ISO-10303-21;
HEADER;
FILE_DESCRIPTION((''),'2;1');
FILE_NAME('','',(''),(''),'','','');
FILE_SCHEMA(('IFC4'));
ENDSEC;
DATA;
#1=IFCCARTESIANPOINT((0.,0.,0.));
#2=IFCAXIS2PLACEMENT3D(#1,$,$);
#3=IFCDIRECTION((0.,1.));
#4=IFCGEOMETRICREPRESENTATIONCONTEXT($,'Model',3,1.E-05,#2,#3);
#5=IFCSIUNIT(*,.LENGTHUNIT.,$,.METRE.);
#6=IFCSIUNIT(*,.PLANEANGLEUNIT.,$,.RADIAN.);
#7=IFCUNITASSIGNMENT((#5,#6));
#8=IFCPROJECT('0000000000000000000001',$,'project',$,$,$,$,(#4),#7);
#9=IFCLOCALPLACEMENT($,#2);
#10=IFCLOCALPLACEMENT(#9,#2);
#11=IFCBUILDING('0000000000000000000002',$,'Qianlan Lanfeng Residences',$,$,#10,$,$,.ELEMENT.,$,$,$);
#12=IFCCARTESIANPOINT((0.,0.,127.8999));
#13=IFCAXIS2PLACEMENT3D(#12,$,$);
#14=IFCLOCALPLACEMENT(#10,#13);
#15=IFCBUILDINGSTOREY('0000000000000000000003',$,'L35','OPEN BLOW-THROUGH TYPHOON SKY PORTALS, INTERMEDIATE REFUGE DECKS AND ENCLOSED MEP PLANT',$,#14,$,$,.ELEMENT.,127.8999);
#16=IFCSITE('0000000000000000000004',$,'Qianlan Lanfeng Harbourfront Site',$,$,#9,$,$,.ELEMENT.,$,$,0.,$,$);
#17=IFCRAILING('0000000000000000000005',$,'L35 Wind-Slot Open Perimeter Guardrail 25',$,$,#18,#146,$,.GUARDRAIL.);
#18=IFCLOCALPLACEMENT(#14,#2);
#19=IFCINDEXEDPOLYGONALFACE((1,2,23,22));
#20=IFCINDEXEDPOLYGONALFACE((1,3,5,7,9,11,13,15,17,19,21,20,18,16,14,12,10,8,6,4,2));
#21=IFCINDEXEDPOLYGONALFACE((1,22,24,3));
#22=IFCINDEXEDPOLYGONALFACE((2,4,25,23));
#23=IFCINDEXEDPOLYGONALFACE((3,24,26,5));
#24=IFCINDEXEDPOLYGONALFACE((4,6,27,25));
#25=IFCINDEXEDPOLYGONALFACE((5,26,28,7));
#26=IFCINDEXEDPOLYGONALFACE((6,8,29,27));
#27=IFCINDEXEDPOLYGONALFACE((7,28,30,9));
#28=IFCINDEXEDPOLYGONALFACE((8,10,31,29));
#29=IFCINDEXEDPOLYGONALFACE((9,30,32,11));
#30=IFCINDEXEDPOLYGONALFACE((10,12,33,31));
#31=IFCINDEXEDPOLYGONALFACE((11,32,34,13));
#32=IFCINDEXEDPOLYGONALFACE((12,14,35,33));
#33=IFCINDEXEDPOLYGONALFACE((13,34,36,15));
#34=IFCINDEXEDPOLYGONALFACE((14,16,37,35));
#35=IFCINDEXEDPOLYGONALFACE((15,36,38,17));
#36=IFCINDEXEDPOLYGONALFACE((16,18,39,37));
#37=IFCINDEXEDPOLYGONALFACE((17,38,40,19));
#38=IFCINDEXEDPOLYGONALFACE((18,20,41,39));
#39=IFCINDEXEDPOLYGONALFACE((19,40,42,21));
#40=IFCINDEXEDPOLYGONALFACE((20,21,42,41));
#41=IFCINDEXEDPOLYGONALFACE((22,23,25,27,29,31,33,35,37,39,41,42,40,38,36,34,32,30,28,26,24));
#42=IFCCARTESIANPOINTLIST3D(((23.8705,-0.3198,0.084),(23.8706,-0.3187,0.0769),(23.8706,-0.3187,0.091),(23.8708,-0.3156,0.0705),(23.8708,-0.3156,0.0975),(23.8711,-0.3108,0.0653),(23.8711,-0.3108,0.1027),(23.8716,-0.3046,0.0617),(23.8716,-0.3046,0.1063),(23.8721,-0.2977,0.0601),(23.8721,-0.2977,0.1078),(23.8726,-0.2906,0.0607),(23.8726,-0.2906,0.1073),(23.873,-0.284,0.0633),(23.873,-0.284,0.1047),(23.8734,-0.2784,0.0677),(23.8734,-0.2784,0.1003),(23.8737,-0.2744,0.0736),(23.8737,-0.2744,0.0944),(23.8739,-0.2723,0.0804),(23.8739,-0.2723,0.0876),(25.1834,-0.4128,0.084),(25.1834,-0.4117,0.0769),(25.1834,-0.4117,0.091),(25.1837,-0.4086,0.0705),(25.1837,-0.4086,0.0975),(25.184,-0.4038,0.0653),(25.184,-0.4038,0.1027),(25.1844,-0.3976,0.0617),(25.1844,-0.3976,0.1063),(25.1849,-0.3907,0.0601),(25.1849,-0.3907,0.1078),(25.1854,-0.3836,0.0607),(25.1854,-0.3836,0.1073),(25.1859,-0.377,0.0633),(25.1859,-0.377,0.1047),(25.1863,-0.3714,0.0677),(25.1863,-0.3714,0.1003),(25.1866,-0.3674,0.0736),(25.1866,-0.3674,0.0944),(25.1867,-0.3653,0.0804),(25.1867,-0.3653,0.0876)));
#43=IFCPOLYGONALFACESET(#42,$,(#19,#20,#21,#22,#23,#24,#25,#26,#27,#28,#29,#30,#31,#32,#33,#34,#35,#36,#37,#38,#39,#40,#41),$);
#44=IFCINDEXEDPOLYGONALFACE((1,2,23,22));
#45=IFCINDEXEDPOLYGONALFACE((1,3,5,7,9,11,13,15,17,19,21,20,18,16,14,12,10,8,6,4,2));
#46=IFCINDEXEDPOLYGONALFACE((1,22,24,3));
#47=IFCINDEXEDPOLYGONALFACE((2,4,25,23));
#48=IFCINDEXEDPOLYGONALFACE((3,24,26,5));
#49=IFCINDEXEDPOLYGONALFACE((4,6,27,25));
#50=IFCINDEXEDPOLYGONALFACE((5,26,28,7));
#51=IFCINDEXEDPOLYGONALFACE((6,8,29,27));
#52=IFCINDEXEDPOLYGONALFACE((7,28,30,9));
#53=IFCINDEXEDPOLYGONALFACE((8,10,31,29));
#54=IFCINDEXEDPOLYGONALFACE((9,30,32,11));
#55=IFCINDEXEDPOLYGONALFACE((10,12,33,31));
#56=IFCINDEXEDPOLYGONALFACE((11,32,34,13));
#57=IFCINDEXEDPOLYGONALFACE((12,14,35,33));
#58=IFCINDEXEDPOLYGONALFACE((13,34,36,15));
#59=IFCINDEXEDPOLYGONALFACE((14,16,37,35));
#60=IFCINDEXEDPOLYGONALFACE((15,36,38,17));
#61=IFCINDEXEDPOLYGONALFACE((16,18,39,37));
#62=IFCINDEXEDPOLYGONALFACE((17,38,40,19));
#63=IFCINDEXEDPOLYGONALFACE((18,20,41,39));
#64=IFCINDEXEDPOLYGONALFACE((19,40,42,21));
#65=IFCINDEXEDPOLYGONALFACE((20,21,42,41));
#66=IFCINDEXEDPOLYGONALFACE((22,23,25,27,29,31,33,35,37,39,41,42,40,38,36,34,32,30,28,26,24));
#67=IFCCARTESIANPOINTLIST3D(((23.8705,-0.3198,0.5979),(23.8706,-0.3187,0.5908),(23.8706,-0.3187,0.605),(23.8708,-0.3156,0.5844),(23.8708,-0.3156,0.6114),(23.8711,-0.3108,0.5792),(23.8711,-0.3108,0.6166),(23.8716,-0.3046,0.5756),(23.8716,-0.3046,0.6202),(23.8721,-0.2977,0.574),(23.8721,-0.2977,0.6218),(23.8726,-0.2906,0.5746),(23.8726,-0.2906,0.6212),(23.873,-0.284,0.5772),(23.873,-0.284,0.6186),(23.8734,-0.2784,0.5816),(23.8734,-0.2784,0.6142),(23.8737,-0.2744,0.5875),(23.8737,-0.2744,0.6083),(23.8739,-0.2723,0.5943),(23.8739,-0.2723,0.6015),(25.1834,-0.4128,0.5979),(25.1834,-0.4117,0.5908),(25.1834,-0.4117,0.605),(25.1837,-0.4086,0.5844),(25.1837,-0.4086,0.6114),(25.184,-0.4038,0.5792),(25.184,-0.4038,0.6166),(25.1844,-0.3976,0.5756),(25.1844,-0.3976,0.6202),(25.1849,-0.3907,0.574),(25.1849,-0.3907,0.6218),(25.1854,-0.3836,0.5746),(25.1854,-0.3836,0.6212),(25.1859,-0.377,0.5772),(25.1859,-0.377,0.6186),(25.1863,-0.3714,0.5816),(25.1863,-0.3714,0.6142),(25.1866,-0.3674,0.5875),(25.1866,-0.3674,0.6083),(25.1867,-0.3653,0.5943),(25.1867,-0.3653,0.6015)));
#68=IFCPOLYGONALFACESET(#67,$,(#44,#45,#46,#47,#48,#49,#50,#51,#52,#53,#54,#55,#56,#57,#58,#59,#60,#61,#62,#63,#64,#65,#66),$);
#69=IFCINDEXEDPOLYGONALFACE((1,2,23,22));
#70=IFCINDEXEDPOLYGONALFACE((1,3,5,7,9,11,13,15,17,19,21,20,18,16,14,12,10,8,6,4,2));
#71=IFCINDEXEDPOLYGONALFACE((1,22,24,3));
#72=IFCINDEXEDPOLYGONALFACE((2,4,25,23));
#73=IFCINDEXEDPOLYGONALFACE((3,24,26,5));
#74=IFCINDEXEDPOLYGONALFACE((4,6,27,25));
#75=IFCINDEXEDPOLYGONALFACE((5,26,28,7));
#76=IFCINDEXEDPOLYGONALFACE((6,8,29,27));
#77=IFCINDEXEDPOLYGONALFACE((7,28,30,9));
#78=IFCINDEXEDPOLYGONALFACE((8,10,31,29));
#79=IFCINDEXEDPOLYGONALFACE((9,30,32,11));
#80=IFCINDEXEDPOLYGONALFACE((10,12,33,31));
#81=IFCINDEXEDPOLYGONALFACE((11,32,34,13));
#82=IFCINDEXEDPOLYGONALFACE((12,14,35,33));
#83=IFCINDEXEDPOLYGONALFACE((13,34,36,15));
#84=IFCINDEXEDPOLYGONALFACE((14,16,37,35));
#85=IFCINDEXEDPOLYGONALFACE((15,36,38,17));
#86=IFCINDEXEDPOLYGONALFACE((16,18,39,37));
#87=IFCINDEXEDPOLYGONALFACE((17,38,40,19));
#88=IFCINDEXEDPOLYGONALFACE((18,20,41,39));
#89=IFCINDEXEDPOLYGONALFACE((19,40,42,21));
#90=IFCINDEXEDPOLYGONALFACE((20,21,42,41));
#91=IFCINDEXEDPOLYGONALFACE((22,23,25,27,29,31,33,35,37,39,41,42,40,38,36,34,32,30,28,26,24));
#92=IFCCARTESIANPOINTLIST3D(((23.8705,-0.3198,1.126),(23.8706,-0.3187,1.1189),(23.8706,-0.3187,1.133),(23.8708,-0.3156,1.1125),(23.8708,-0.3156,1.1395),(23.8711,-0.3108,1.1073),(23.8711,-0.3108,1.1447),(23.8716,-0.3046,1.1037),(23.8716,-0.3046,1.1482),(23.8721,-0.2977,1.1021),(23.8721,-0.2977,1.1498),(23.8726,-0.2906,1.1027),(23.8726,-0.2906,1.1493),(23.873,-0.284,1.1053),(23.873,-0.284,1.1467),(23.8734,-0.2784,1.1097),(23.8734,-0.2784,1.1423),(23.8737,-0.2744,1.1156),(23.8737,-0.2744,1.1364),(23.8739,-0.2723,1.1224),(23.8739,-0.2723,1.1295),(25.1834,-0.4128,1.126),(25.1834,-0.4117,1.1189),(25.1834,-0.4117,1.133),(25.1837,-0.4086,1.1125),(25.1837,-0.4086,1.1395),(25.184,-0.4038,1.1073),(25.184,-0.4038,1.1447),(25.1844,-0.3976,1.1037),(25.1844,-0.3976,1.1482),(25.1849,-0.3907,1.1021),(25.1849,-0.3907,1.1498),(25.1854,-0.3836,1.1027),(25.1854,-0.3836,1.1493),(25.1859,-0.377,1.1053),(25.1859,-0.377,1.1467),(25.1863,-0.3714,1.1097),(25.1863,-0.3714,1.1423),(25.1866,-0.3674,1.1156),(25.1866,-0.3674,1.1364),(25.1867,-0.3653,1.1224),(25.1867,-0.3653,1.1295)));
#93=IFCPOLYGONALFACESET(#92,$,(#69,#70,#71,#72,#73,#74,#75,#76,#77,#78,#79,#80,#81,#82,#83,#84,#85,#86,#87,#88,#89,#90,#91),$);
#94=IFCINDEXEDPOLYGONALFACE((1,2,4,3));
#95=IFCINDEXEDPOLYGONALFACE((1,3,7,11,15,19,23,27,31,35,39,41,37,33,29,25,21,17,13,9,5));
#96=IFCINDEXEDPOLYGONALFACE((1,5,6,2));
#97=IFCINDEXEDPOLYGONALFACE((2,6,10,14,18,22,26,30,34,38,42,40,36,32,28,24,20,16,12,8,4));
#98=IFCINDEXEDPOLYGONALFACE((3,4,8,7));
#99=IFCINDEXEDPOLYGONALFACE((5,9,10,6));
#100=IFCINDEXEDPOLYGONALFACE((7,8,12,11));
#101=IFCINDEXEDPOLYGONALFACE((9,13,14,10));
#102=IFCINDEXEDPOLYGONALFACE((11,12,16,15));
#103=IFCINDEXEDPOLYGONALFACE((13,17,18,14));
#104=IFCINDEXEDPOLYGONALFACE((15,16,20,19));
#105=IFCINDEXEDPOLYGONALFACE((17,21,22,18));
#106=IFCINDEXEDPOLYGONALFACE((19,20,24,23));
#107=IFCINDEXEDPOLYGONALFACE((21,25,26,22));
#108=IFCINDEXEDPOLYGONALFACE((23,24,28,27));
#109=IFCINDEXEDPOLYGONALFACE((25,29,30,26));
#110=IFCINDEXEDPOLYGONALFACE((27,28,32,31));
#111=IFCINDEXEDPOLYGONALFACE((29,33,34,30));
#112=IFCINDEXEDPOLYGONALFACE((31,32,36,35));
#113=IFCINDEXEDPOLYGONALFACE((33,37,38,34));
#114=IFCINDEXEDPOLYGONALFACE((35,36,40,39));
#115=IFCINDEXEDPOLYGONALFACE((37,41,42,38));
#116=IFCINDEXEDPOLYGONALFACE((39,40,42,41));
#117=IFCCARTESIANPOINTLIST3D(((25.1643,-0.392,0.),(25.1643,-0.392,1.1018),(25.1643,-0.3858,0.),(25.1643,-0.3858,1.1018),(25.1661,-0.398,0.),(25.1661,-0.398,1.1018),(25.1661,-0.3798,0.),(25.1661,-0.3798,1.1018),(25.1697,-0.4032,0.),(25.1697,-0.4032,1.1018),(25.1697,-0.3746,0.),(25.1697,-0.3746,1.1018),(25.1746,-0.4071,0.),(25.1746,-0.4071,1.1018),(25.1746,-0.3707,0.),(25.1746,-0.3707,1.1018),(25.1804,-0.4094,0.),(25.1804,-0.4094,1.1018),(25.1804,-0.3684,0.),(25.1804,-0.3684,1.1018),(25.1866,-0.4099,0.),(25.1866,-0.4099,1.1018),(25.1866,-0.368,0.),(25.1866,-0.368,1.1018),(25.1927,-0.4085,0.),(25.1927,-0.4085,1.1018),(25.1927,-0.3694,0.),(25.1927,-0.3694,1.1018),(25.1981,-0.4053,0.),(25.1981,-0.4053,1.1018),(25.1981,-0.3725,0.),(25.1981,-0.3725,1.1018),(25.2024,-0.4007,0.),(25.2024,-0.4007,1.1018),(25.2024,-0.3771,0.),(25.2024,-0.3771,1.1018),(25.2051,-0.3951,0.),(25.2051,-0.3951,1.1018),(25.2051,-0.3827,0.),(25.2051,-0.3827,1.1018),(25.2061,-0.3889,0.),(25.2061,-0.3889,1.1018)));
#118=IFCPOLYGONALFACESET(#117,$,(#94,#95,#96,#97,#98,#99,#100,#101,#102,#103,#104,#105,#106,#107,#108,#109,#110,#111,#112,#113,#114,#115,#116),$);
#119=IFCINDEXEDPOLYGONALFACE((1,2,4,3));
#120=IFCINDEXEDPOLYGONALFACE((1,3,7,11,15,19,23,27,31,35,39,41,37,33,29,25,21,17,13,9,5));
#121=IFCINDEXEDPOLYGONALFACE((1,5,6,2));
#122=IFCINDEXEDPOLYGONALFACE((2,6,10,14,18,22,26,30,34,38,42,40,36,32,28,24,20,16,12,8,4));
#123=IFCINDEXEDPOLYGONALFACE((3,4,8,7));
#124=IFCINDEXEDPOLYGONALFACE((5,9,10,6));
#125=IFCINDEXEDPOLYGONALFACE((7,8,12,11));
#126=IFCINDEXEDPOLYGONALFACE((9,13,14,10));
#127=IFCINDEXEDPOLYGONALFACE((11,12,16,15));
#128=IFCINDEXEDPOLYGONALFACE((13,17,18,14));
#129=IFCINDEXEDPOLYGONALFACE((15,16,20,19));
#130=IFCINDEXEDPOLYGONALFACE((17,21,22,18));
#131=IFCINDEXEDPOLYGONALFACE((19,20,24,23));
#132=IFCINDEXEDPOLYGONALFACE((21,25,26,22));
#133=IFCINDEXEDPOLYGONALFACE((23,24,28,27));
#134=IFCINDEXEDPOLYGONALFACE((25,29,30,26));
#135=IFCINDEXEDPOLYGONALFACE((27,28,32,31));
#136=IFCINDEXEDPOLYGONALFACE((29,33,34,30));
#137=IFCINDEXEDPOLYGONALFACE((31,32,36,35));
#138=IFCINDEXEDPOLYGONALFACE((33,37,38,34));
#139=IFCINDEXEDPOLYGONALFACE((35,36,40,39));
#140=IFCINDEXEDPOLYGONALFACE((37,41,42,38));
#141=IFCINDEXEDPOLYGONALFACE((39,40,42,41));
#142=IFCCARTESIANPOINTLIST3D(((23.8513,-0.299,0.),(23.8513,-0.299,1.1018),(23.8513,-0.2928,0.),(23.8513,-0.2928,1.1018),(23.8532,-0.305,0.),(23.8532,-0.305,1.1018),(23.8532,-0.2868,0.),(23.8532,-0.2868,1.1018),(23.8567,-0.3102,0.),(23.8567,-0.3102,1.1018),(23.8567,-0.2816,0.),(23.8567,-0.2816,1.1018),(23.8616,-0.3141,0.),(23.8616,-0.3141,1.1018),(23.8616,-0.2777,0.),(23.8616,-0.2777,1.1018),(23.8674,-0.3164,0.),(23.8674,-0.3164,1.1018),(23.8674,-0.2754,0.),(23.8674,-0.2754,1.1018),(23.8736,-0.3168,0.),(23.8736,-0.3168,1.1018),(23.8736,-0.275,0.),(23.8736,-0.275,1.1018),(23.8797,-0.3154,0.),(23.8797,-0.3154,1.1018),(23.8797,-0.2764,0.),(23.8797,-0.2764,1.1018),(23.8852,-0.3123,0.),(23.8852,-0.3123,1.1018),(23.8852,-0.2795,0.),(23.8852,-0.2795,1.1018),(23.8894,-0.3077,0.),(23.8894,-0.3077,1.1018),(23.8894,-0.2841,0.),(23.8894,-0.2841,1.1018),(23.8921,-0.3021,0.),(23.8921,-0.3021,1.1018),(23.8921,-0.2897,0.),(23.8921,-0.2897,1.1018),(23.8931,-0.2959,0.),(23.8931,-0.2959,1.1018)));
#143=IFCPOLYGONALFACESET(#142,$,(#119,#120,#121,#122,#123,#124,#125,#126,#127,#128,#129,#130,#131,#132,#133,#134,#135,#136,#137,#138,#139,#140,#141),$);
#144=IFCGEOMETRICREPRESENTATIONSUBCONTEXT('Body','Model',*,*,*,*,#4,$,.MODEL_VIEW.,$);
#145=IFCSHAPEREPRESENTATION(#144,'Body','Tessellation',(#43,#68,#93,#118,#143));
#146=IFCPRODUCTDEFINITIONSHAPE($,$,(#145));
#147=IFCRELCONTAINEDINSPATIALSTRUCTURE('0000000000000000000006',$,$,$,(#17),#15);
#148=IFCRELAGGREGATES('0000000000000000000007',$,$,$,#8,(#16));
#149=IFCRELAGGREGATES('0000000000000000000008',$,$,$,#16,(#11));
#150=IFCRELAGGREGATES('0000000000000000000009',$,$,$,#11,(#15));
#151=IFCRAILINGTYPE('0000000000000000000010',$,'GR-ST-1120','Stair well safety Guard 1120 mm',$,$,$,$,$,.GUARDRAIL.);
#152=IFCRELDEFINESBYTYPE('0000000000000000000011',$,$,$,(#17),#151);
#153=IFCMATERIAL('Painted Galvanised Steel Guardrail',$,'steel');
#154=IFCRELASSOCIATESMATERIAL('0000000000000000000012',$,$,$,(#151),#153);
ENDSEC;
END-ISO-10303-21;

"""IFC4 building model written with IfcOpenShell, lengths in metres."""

from ifc_helpers import new_model, si_unit, direction, frame, origin, origin_2d, place, context, subcontext, project, spatial, circle, extrude, material, type_object, element, save


model = new_model("IFC4")

# Units and contexts
model_context = context("Model", 3, precision=1e-05, world=origin(), true_north=direction((0.0, 1.0)))
body_context = subcontext(model_context, "Body", "Model", "MODEL_VIEW")
ifc_project = project(units=[si_unit("LENGTHUNIT", "METRE"), si_unit("PLANEANGLEUNIT", "RADIAN")], contexts=[model_context])

# Site, building, storey
site_placement = place(None, origin())
site = spatial("IfcSite", under=ifc_project, at=site_placement, Name="Qianlan Lanfeng Harbourfront Site", CompositionType="ELEMENT", RefElevation=0.0)
building_placement = place(site_placement, origin())
building = spatial("IfcBuilding", under=site, at=building_placement, Name="Qianlan Lanfeng Residences", CompositionType="ELEMENT")
storey_placement = place(building_placement, frame((0.0, 0.0, 127.8999)))
storey = spatial("IfcBuildingStorey", under=building, at=storey_placement, Name="L35", Description="OPEN BLOW-THROUGH TYPHOON SKY PORTALS, INTERMEDIATE REFUGE DECKS AND ENCLOSED MEP PLANT", CompositionType="ELEMENT", Elevation=127.8999)

# Railing
ifc_material_1 = material(Name="Painted Galvanised Steel Guardrail", Category="steel")
railing_type = type_object("IfcRailingType", Name="GR-ST-1120", Description="Stair well safety Guard 1120 mm", PredefinedType="GUARDRAIL", material=ifc_material_1)
railing_1_placement = place(storey_placement, frame((25.1851, -0.3889, 0.0)))
element("IfcRailing", 1, at=railing_1_placement, inside=storey, type_object=railing_type, Name="L35 Wind-Slot Open Perimeter Guardrail 25", PredefinedType="GUARDRAIL", context=body_context, shape_type="SweptSolid", body=[
    extrude(circle(Radius=0.0239, at=origin_2d()), frame((0.0, 0.0, 0.084), z_axis=(-0.9975, 0.070667, 0.0), x_axis=(-0.070667, -0.9975, 0.0)), (0.0, 0.0, 1.0), 1.3162),
    extrude(circle(Radius=0.0239, at=origin_2d()), frame((0.0, 0.0, 0.5979), z_axis=(-0.9975, 0.070667, 0.0), x_axis=(-0.070667, -0.9975, 0.0)), (0.0, 0.0, 1.0), 1.3162),
    extrude(circle(Radius=0.0239, at=origin_2d()), frame((0.0, 0.0, 1.126), z_axis=(-0.9975, 0.070667, 0.0), x_axis=(-0.070667, -0.9975, 0.0)), (0.0, 0.0, 1.0), 1.3162),
    extrude(circle(Radius=0.021, at=origin_2d()), origin(), (0.0, 0.0, 1.0), 1.1018),
    extrude(circle(Radius=0.021, at=origin_2d()), frame((-1.313, 0.093, 0.0)), (0.0, 0.0, 1.0), 1.1018),
])

save(model, "model.ifc")
